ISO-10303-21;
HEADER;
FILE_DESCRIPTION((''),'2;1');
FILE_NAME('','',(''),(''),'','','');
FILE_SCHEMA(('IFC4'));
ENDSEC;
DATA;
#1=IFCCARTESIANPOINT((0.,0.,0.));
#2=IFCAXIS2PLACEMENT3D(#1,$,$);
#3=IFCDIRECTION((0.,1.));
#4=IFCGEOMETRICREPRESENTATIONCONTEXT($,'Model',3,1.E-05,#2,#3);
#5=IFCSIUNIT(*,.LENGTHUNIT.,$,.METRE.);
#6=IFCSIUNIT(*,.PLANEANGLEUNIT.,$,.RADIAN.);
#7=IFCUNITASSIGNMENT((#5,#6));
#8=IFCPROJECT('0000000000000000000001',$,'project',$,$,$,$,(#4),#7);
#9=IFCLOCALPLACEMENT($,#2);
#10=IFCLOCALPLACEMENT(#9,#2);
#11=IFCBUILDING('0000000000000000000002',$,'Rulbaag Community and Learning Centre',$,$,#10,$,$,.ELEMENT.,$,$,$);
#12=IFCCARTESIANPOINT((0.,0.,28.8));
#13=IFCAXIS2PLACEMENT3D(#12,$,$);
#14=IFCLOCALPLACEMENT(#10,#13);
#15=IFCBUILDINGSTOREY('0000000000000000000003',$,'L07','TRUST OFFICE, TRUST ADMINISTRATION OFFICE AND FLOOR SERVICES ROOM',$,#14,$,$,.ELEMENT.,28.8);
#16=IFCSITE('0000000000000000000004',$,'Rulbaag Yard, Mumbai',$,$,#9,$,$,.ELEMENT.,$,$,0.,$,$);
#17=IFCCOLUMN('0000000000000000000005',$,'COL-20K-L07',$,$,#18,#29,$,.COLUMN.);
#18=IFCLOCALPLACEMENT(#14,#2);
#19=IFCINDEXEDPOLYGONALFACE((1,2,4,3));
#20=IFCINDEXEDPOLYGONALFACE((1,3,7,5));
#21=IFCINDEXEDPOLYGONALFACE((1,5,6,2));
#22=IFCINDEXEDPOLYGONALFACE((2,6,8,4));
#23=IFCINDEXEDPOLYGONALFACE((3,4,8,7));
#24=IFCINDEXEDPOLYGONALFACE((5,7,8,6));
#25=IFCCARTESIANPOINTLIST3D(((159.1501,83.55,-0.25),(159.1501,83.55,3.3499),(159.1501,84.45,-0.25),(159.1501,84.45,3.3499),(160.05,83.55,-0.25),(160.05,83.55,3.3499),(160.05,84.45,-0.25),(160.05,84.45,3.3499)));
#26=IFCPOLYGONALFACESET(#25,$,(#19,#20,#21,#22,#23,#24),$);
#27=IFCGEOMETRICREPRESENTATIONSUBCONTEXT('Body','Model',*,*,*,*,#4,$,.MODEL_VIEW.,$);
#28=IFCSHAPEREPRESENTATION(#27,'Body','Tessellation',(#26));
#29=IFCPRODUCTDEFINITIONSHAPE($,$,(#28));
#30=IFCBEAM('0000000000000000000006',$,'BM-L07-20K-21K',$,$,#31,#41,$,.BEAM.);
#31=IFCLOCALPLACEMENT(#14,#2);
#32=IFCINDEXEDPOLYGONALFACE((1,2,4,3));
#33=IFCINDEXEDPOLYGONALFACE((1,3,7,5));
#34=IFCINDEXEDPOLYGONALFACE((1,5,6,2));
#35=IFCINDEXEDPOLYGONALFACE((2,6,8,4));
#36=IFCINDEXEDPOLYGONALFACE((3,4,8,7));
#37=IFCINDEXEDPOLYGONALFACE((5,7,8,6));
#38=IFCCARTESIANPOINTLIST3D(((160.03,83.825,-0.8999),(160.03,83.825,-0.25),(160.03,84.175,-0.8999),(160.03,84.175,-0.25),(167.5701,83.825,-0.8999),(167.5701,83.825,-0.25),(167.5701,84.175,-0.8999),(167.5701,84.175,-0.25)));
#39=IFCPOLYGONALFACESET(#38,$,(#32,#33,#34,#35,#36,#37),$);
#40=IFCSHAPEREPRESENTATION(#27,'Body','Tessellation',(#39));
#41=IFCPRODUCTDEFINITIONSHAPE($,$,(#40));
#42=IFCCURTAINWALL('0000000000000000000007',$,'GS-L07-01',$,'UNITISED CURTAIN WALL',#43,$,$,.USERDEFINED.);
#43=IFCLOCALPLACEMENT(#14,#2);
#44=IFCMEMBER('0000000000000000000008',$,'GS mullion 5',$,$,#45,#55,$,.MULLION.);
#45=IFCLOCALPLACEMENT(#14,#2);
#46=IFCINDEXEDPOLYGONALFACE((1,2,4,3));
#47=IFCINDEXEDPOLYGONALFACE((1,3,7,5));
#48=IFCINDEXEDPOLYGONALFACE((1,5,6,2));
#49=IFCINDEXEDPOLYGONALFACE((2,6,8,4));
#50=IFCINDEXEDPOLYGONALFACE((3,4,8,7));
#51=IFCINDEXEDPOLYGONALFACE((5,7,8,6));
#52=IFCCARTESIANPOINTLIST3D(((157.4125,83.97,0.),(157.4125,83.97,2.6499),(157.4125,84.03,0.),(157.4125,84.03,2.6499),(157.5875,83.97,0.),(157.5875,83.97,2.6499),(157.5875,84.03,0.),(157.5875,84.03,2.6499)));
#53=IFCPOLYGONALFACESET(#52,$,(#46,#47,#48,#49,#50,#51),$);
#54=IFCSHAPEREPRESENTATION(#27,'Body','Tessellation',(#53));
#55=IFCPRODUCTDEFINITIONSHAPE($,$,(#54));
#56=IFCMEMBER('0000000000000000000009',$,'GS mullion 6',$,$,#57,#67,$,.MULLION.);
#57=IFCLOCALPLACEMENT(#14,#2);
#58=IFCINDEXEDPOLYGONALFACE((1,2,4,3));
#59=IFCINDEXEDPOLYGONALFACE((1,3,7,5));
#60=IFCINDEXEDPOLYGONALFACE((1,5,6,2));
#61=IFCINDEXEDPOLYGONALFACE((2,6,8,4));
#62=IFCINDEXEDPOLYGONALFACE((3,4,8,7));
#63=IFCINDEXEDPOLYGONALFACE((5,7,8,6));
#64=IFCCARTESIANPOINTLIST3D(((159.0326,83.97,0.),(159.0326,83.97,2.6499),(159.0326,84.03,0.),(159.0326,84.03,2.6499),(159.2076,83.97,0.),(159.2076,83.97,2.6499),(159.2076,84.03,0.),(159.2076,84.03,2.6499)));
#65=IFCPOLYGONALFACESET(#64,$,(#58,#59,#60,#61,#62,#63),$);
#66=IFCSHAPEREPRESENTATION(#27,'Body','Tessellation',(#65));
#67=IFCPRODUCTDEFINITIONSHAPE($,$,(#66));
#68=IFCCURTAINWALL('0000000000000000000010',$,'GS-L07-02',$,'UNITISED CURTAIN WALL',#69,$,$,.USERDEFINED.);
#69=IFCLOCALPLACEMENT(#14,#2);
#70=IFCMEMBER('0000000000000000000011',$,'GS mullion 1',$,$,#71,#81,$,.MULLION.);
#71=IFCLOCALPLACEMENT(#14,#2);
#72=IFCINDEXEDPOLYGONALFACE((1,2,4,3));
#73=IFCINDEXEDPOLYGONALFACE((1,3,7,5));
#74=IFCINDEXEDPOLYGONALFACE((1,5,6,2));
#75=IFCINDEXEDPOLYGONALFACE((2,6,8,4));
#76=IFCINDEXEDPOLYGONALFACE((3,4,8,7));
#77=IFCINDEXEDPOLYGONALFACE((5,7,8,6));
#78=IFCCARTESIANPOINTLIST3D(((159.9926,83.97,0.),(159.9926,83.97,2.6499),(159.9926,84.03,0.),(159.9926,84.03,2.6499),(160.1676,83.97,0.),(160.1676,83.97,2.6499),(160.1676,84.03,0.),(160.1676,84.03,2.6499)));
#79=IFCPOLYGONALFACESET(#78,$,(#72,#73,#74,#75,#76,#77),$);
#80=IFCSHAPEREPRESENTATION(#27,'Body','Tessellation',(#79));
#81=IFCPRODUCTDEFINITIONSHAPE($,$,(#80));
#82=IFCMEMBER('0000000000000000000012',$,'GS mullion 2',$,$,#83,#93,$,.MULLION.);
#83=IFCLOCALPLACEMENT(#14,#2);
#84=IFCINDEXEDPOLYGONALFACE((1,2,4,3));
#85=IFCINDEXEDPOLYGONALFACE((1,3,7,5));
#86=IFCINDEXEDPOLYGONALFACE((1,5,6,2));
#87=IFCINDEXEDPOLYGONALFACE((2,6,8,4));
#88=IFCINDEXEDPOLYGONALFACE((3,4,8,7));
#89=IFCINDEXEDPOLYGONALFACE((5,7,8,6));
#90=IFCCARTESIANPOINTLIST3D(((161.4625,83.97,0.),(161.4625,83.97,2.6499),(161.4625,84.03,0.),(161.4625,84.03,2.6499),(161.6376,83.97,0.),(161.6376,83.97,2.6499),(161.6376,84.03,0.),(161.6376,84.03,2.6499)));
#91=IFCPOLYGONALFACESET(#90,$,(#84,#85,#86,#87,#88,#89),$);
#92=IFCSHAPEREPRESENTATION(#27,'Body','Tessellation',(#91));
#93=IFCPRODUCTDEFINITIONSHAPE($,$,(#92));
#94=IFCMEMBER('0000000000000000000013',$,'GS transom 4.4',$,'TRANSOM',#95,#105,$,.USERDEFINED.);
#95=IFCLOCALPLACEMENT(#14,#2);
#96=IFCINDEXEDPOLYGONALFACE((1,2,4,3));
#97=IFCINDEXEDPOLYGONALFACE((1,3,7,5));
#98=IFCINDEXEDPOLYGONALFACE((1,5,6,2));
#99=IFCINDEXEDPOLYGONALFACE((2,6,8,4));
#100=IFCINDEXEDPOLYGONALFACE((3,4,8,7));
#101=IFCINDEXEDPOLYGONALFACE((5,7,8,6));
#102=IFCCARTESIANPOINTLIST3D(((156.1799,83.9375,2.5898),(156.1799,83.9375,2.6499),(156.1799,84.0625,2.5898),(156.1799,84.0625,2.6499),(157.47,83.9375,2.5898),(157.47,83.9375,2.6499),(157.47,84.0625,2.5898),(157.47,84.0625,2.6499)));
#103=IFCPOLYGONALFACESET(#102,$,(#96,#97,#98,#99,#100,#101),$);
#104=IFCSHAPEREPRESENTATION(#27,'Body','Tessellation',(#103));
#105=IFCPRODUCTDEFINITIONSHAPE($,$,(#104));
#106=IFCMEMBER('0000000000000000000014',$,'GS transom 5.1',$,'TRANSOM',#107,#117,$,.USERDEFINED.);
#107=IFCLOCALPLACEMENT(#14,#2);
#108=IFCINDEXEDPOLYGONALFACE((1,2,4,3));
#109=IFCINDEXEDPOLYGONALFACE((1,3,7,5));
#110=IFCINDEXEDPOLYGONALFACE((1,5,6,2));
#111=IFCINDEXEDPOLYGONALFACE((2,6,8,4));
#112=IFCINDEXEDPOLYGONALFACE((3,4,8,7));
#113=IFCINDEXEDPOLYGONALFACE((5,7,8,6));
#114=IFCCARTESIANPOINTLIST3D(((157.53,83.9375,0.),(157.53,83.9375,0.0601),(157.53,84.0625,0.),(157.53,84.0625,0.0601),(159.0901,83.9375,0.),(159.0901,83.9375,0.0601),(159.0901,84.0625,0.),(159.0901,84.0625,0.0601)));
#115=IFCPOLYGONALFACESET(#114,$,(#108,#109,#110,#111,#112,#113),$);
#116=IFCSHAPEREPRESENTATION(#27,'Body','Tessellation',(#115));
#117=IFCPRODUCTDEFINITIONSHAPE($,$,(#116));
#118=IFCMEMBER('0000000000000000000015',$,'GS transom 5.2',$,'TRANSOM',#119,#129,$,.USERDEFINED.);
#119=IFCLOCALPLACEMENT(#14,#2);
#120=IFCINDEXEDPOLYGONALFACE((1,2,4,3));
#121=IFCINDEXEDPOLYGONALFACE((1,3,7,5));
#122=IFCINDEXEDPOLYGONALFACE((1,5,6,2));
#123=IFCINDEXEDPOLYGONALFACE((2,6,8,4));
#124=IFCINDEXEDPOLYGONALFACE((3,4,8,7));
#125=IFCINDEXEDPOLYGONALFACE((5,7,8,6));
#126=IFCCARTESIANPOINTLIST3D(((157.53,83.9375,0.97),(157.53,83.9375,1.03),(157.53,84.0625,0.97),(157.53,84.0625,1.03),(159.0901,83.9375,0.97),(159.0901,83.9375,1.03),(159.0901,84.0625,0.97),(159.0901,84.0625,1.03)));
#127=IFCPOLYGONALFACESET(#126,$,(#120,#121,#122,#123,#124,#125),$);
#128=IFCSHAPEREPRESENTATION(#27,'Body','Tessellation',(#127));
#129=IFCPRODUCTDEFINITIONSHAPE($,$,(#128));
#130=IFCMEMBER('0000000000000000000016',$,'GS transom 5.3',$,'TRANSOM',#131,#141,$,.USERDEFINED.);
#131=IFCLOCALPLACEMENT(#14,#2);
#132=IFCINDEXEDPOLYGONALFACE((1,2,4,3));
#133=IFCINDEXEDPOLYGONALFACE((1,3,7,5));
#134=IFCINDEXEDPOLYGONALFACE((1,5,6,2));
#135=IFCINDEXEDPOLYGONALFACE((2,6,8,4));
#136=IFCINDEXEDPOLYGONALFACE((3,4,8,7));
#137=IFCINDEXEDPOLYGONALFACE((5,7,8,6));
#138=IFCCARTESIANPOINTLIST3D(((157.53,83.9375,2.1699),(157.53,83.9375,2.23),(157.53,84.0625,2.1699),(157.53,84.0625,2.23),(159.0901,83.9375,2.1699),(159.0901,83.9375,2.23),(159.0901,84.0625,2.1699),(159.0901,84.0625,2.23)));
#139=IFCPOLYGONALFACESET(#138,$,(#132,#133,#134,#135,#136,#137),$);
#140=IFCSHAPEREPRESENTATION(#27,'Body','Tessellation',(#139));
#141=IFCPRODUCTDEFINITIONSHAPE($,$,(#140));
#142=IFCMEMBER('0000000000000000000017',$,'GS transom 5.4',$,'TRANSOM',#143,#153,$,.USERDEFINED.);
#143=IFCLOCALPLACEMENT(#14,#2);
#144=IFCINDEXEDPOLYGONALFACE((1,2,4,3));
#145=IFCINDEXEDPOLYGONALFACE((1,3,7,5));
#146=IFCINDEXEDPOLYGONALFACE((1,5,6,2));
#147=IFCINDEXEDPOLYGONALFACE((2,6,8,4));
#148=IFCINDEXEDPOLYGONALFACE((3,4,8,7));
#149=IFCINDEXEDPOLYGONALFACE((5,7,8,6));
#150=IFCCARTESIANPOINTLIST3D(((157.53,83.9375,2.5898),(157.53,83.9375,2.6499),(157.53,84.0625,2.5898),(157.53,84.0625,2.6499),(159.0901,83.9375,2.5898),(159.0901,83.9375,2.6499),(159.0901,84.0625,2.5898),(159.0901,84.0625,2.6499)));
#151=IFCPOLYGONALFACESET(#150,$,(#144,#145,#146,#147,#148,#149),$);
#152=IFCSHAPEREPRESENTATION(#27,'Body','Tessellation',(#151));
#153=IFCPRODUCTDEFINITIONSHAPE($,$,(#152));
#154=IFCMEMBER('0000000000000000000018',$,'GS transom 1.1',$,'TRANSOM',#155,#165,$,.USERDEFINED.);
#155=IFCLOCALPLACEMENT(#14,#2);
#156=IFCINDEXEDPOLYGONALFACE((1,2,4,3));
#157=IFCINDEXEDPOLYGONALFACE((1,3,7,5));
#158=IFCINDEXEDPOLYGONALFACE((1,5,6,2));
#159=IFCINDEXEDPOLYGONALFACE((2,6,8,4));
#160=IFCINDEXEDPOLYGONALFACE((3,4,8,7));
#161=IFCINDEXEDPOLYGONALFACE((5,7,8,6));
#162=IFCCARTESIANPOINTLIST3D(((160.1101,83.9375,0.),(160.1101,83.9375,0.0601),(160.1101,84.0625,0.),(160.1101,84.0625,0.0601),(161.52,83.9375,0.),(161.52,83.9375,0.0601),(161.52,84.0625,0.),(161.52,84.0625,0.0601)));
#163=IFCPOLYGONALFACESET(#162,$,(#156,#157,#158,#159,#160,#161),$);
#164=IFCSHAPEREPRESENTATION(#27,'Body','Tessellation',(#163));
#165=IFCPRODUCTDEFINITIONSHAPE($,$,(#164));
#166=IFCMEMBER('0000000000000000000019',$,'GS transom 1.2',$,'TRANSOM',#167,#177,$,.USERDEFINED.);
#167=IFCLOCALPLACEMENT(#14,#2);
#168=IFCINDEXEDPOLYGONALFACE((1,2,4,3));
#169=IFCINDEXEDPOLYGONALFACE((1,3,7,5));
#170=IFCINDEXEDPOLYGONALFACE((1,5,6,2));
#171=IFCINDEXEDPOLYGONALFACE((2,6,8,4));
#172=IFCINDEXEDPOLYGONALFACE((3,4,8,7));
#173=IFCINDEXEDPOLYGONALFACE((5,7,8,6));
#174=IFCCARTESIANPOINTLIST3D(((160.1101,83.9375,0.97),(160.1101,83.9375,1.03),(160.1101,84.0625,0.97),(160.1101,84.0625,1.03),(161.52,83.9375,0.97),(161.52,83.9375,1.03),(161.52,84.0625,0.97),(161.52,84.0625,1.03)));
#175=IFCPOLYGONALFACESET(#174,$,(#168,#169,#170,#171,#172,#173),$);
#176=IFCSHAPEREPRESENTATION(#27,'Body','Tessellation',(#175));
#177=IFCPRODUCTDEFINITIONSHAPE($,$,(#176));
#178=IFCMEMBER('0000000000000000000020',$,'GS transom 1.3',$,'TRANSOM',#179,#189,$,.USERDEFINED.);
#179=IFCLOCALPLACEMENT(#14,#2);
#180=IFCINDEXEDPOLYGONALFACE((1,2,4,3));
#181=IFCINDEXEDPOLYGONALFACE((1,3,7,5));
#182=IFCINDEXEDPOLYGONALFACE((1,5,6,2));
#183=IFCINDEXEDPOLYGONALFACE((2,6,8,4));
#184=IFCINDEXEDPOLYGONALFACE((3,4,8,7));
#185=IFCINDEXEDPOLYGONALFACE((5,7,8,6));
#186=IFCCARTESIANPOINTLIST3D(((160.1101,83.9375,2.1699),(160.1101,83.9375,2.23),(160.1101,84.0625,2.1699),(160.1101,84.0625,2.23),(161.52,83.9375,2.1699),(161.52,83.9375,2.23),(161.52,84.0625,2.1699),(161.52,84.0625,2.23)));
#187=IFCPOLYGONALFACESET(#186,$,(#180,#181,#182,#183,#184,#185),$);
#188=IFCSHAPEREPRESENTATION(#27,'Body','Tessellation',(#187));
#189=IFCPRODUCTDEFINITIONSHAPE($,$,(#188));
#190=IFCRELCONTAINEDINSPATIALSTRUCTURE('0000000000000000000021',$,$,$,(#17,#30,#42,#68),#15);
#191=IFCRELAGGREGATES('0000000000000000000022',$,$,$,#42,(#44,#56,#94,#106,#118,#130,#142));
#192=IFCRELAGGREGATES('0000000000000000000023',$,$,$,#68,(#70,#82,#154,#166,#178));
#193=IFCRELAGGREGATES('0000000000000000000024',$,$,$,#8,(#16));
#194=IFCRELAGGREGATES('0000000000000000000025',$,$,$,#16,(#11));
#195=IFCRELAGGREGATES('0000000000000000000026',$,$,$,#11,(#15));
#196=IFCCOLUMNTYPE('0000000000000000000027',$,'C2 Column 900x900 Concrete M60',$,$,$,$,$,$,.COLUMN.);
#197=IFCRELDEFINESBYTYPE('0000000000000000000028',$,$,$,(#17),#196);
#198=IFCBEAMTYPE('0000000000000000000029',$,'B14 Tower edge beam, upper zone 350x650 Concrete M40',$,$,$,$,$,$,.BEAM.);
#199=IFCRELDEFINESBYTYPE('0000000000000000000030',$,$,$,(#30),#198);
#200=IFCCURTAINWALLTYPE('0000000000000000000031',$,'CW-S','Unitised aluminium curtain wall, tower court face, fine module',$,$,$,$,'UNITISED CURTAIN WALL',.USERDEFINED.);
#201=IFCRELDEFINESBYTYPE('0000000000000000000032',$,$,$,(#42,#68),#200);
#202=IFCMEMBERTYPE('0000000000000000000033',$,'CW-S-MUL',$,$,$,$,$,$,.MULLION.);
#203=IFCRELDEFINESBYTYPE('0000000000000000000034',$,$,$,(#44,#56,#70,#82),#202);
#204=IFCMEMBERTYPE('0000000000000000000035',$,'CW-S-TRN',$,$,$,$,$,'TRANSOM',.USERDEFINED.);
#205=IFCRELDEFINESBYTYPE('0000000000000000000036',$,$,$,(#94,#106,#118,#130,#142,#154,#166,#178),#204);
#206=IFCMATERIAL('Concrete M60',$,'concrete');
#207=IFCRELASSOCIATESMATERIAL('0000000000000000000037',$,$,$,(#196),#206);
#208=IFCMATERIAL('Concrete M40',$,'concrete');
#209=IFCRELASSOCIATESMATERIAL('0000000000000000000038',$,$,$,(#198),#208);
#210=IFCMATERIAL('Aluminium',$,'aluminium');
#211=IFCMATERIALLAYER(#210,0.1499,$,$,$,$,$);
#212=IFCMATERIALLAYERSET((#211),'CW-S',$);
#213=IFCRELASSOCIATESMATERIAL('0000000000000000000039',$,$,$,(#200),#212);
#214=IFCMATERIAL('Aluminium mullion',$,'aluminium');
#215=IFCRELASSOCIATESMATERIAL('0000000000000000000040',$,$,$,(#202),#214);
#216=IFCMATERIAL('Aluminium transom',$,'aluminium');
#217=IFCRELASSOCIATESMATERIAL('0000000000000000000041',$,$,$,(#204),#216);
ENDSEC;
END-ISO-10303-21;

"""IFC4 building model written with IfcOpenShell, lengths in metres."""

from ifc_helpers import new_model, si_unit, direction, frame, origin, origin_2d, place, context, subcontext, project, spatial, rectangle, extrude, material, layer, layer_set, material_profile, profile_set, type_object, element, aggregate, save


model = new_model("IFC4")

# Units and contexts
model_context = context("Model", 3, precision=1e-05, world=origin(), true_north=direction((0.0, 1.0)))
body_context = subcontext(model_context, "Body", "Model", "MODEL_VIEW")
ifc_project = project(units=[si_unit("LENGTHUNIT", "METRE"), si_unit("PLANEANGLEUNIT", "RADIAN")], contexts=[model_context])

# Site, building, storey
site_placement = place(None, origin())
site = spatial("IfcSite", under=ifc_project, at=site_placement, Name="Rulbaag Yard, Mumbai", CompositionType="ELEMENT", RefElevation=0.0)
building_placement = place(site_placement, origin())
building = spatial("IfcBuilding", under=site, at=building_placement, Name="Rulbaag Community and Learning Centre", CompositionType="ELEMENT")
storey_placement = place(building_placement, frame((0.0, 0.0, 28.8)))
storey = spatial("IfcBuildingStorey", under=building, at=storey_placement, Name="L07", Description="TRUST OFFICE, TRUST ADMINISTRATION OFFICE AND FLOOR SERVICES ROOM", CompositionType="ELEMENT", Elevation=28.8)

# Column
ifc_material_1 = material(Name="Concrete M60", Category="concrete")
ifc_material_profile_1 = material_profile(ifc_material_1, rectangle(XDim=0.8999, YDim=0.8999, at=origin_2d()), Name="RC900x900")
ifc_profile_set_1 = profile_set([ifc_material_profile_1], Name="Concrete M60")
column_type = type_object("IfcColumnType", Name="C2 Column 900x900 Concrete M60", PredefinedType="COLUMN", material=ifc_profile_set_1)
column_placement = place(storey_placement, frame((159.6001, 84.0, -0.25), z_axis=(0.0, 0.0, 1.0), x_axis=(1.0, 0.0, 0.0)))
element("IfcColumn", 1, at=column_placement, inside=storey, type_object=column_type, Name="COL-20K-L07", PredefinedType="COLUMN", context=body_context, shape_type="SweptSolid", body=[
    extrude(rectangle(XDim=0.8999, YDim=0.8999, at=origin_2d()), origin(), (0.0, 0.0, 1.0), 3.5999),
])

# Beam
ifc_material_2 = material(Name="Concrete M40", Category="concrete")
ifc_material_profile_2 = material_profile(ifc_material_2, rectangle(XDim=0.3501, YDim=0.6499, at=origin_2d()), Name="RB350x650")
ifc_profile_set_2 = profile_set([ifc_material_profile_2], Name="Concrete M40")
beam_type = type_object("IfcBeamType", Name="B14 Tower edge beam, upper zone 350x650 Concrete M40", PredefinedType="BEAM", material=ifc_profile_set_2)
beam_placement = place(storey_placement, frame((160.03, 84.0, -0.575), z_axis=(1.0, 0.0, 0.0), x_axis=(0.0, 1.0, 0.0)))
element("IfcBeam", 2, at=beam_placement, inside=storey, type_object=beam_type, Name="BM-L07-20K-21K", PredefinedType="BEAM", context=body_context, shape_type="SweptSolid", body=[
    extrude(rectangle(XDim=0.3501, YDim=0.6499, at=origin_2d()), origin(), (0.0, 0.0, 1.0), 7.54),
])

# Curtain walls, members
ifc_material_3 = material(Name="Aluminium", Category="aluminium")
ifc_layer_1 = layer(ifc_material_3, 0.1499)
ifc_layer_set_1 = layer_set([ifc_layer_1], Name="CW-S")
curtain_wall_type = type_object("IfcCurtainWallType", Name="CW-S", Description="Unitised aluminium curtain wall, tower court face, fine module", ElementType="UNITISED CURTAIN WALL", PredefinedType="USERDEFINED", material=ifc_layer_set_1)
curtain_wall_1_placement = place(storey_placement, origin())
curtain_wall_1 = element("IfcCurtainWall", 3, at=curtain_wall_1_placement, inside=storey, type_object=curtain_wall_type, Name="GS-L07-01", ObjectType="UNITISED CURTAIN WALL", PredefinedType="USERDEFINED")
ifc_material_4 = material(Name="Aluminium mullion", Category="aluminium")
ifc_material_profile_3 = material_profile(ifc_material_4, rectangle(XDim=0.0601, YDim=0.175, at=origin_2d()), Name="AL 60x175")
ifc_profile_set_3 = profile_set([ifc_material_profile_3], Name="Aluminium mullion")
member_type_1 = type_object("IfcMemberType", Name="CW-S-MUL", PredefinedType="MULLION", material=ifc_profile_set_3)
member_1_placement = place(storey_placement, frame((157.5, 84.0, 0.0), z_axis=(0.0, 0.0, 1.0), x_axis=(0.0, 1.0, 0.0)))
member_1 = element("IfcMember", 4, at=member_1_placement, type_object=member_type_1, Name="GS mullion 5", PredefinedType="MULLION", context=body_context, shape_type="SweptSolid", body=[
    extrude(rectangle(XDim=0.0601, YDim=0.175, at=origin_2d()), origin(), (0.0, 0.0, 1.0), 2.6499),
])
member_2_placement = place(storey_placement, frame((159.1201, 84.0, 0.0), z_axis=(0.0, 0.0, 1.0), x_axis=(0.0, 1.0, 0.0)))
member_2 = element("IfcMember", 5, at=member_2_placement, type_object=member_type_1, Name="GS mullion 6", PredefinedType="MULLION", context=body_context, shape_type="SweptSolid", body=[
    extrude(rectangle(XDim=0.0601, YDim=0.175, at=origin_2d()), origin(), (0.0, 0.0, 1.0), 2.6499),
])
curtain_wall_2_placement = place(storey_placement, origin())
curtain_wall_2 = element("IfcCurtainWall", 6, at=curtain_wall_2_placement, inside=storey, type_object=curtain_wall_type, Name="GS-L07-02", ObjectType="UNITISED CURTAIN WALL", PredefinedType="USERDEFINED")
member_3_placement = place(storey_placement, frame((160.0801, 84.0, 0.0), z_axis=(0.0, 0.0, 1.0), x_axis=(0.0, 1.0, 0.0)))
member_3 = element("IfcMember", 7, at=member_3_placement, type_object=member_type_1, Name="GS mullion 1", PredefinedType="MULLION", context=body_context, shape_type="SweptSolid", body=[
    extrude(rectangle(XDim=0.0601, YDim=0.175, at=origin_2d()), origin(), (0.0, 0.0, 1.0), 2.6499),
])
member_4_placement = place(storey_placement, frame((161.55, 84.0, 0.0), z_axis=(0.0, 0.0, 1.0), x_axis=(0.0, 1.0, 0.0)))
member_4 = element("IfcMember", 8, at=member_4_placement, type_object=member_type_1, Name="GS mullion 2", PredefinedType="MULLION", context=body_context, shape_type="SweptSolid", body=[
    extrude(rectangle(XDim=0.0601, YDim=0.175, at=origin_2d()), origin(), (0.0, 0.0, 1.0), 2.6499),
])

# Members
ifc_material_5 = material(Name="Aluminium transom", Category="aluminium")
ifc_material_profile_4 = material_profile(ifc_material_5, rectangle(XDim=0.125, YDim=0.0601, at=origin_2d()), Name="AL 60x125 T")
ifc_profile_set_4 = profile_set([ifc_material_profile_4], Name="Aluminium transom")
member_type_2 = type_object("IfcMemberType", Name="CW-S-TRN", ElementType="TRANSOM", PredefinedType="USERDEFINED", material=ifc_profile_set_4)
member_5_placement = place(storey_placement, frame((156.1799, 84.0, 2.6199), z_axis=(1.0, 0.0, 0.0), x_axis=(0.0, 1.0, 0.0)))
member_5 = element("IfcMember", 9, at=member_5_placement, type_object=member_type_2, Name="GS transom 4.4", ObjectType="TRANSOM", PredefinedType="USERDEFINED", context=body_context, shape_type="SweptSolid", body=[
    extrude(rectangle(XDim=0.125, YDim=0.0601, at=origin_2d()), origin(), (0.0, 0.0, 1.0), 1.29),
])
member_6_placement = place(storey_placement, frame((157.53, 84.0, 0.03), z_axis=(1.0, 0.0, 0.0), x_axis=(0.0, 1.0, 0.0)))
member_6 = element("IfcMember", 10, at=member_6_placement, type_object=member_type_2, Name="GS transom 5.1", ObjectType="TRANSOM", PredefinedType="USERDEFINED", context=body_context, shape_type="SweptSolid", body=[
    extrude(rectangle(XDim=0.125, YDim=0.0601, at=origin_2d()), origin(), (0.0, 0.0, 1.0), 1.5601),
])
member_7_placement = place(storey_placement, frame((157.53, 84.0, 1.0), z_axis=(1.0, 0.0, 0.0), x_axis=(0.0, 1.0, 0.0)))
member_7 = element("IfcMember", 11, at=member_7_placement, type_object=member_type_2, Name="GS transom 5.2", ObjectType="TRANSOM", PredefinedType="USERDEFINED", context=body_context, shape_type="SweptSolid", body=[
    extrude(rectangle(XDim=0.125, YDim=0.0601, at=origin_2d()), origin(), (0.0, 0.0, 1.0), 1.5601),
])
member_8_placement = place(storey_placement, frame((157.53, 84.0, 2.2), z_axis=(1.0, 0.0, 0.0), x_axis=(0.0, 1.0, 0.0)))
member_8 = element("IfcMember", 12, at=member_8_placement, type_object=member_type_2, Name="GS transom 5.3", ObjectType="TRANSOM", PredefinedType="USERDEFINED", context=body_context, shape_type="SweptSolid", body=[
    extrude(rectangle(XDim=0.125, YDim=0.0601, at=origin_2d()), origin(), (0.0, 0.0, 1.0), 1.5601),
])
member_9_placement = place(storey_placement, frame((157.53, 84.0, 2.6199), z_axis=(1.0, 0.0, 0.0), x_axis=(0.0, 1.0, 0.0)))
member_9 = element("IfcMember", 13, at=member_9_placement, type_object=member_type_2, Name="GS transom 5.4", ObjectType="TRANSOM", PredefinedType="USERDEFINED", context=body_context, shape_type="SweptSolid", body=[
    extrude(rectangle(XDim=0.125, YDim=0.0601, at=origin_2d()), origin(), (0.0, 0.0, 1.0), 1.5601),
])
member_10_placement = place(storey_placement, frame((160.1101, 84.0, 0.03), z_axis=(1.0, 0.0, 0.0), x_axis=(0.0, 1.0, 0.0)))
member_10 = element("IfcMember", 14, at=member_10_placement, type_object=member_type_2, Name="GS transom 1.1", ObjectType="TRANSOM", PredefinedType="USERDEFINED", context=body_context, shape_type="SweptSolid", body=[
    extrude(rectangle(XDim=0.125, YDim=0.0601, at=origin_2d()), origin(), (0.0, 0.0, 1.0), 1.4099),
])
member_11_placement = place(storey_placement, frame((160.1101, 84.0, 1.0), z_axis=(1.0, 0.0, 0.0), x_axis=(0.0, 1.0, 0.0)))
member_11 = element("IfcMember", 15, at=member_11_placement, type_object=member_type_2, Name="GS transom 1.2", ObjectType="TRANSOM", PredefinedType="USERDEFINED", context=body_context, shape_type="SweptSolid", body=[
    extrude(rectangle(XDim=0.125, YDim=0.0601, at=origin_2d()), origin(), (0.0, 0.0, 1.0), 1.4099),
])
member_12_placement = place(storey_placement, frame((160.1101, 84.0, 2.2), z_axis=(1.0, 0.0, 0.0), x_axis=(0.0, 1.0, 0.0)))
member_12 = element("IfcMember", 16, at=member_12_placement, type_object=member_type_2, Name="GS transom 1.3", ObjectType="TRANSOM", PredefinedType="USERDEFINED", context=body_context, shape_type="SweptSolid", body=[
    extrude(rectangle(XDim=0.125, YDim=0.0601, at=origin_2d()), origin(), (0.0, 0.0, 1.0), 1.4099),
])

aggregate(curtain_wall_1, [member_1, member_2, member_5, member_6, member_7, member_8, member_9])
aggregate(curtain_wall_2, [member_3, member_4, member_10, member_11, member_12])

save(model, "model.ifc")
